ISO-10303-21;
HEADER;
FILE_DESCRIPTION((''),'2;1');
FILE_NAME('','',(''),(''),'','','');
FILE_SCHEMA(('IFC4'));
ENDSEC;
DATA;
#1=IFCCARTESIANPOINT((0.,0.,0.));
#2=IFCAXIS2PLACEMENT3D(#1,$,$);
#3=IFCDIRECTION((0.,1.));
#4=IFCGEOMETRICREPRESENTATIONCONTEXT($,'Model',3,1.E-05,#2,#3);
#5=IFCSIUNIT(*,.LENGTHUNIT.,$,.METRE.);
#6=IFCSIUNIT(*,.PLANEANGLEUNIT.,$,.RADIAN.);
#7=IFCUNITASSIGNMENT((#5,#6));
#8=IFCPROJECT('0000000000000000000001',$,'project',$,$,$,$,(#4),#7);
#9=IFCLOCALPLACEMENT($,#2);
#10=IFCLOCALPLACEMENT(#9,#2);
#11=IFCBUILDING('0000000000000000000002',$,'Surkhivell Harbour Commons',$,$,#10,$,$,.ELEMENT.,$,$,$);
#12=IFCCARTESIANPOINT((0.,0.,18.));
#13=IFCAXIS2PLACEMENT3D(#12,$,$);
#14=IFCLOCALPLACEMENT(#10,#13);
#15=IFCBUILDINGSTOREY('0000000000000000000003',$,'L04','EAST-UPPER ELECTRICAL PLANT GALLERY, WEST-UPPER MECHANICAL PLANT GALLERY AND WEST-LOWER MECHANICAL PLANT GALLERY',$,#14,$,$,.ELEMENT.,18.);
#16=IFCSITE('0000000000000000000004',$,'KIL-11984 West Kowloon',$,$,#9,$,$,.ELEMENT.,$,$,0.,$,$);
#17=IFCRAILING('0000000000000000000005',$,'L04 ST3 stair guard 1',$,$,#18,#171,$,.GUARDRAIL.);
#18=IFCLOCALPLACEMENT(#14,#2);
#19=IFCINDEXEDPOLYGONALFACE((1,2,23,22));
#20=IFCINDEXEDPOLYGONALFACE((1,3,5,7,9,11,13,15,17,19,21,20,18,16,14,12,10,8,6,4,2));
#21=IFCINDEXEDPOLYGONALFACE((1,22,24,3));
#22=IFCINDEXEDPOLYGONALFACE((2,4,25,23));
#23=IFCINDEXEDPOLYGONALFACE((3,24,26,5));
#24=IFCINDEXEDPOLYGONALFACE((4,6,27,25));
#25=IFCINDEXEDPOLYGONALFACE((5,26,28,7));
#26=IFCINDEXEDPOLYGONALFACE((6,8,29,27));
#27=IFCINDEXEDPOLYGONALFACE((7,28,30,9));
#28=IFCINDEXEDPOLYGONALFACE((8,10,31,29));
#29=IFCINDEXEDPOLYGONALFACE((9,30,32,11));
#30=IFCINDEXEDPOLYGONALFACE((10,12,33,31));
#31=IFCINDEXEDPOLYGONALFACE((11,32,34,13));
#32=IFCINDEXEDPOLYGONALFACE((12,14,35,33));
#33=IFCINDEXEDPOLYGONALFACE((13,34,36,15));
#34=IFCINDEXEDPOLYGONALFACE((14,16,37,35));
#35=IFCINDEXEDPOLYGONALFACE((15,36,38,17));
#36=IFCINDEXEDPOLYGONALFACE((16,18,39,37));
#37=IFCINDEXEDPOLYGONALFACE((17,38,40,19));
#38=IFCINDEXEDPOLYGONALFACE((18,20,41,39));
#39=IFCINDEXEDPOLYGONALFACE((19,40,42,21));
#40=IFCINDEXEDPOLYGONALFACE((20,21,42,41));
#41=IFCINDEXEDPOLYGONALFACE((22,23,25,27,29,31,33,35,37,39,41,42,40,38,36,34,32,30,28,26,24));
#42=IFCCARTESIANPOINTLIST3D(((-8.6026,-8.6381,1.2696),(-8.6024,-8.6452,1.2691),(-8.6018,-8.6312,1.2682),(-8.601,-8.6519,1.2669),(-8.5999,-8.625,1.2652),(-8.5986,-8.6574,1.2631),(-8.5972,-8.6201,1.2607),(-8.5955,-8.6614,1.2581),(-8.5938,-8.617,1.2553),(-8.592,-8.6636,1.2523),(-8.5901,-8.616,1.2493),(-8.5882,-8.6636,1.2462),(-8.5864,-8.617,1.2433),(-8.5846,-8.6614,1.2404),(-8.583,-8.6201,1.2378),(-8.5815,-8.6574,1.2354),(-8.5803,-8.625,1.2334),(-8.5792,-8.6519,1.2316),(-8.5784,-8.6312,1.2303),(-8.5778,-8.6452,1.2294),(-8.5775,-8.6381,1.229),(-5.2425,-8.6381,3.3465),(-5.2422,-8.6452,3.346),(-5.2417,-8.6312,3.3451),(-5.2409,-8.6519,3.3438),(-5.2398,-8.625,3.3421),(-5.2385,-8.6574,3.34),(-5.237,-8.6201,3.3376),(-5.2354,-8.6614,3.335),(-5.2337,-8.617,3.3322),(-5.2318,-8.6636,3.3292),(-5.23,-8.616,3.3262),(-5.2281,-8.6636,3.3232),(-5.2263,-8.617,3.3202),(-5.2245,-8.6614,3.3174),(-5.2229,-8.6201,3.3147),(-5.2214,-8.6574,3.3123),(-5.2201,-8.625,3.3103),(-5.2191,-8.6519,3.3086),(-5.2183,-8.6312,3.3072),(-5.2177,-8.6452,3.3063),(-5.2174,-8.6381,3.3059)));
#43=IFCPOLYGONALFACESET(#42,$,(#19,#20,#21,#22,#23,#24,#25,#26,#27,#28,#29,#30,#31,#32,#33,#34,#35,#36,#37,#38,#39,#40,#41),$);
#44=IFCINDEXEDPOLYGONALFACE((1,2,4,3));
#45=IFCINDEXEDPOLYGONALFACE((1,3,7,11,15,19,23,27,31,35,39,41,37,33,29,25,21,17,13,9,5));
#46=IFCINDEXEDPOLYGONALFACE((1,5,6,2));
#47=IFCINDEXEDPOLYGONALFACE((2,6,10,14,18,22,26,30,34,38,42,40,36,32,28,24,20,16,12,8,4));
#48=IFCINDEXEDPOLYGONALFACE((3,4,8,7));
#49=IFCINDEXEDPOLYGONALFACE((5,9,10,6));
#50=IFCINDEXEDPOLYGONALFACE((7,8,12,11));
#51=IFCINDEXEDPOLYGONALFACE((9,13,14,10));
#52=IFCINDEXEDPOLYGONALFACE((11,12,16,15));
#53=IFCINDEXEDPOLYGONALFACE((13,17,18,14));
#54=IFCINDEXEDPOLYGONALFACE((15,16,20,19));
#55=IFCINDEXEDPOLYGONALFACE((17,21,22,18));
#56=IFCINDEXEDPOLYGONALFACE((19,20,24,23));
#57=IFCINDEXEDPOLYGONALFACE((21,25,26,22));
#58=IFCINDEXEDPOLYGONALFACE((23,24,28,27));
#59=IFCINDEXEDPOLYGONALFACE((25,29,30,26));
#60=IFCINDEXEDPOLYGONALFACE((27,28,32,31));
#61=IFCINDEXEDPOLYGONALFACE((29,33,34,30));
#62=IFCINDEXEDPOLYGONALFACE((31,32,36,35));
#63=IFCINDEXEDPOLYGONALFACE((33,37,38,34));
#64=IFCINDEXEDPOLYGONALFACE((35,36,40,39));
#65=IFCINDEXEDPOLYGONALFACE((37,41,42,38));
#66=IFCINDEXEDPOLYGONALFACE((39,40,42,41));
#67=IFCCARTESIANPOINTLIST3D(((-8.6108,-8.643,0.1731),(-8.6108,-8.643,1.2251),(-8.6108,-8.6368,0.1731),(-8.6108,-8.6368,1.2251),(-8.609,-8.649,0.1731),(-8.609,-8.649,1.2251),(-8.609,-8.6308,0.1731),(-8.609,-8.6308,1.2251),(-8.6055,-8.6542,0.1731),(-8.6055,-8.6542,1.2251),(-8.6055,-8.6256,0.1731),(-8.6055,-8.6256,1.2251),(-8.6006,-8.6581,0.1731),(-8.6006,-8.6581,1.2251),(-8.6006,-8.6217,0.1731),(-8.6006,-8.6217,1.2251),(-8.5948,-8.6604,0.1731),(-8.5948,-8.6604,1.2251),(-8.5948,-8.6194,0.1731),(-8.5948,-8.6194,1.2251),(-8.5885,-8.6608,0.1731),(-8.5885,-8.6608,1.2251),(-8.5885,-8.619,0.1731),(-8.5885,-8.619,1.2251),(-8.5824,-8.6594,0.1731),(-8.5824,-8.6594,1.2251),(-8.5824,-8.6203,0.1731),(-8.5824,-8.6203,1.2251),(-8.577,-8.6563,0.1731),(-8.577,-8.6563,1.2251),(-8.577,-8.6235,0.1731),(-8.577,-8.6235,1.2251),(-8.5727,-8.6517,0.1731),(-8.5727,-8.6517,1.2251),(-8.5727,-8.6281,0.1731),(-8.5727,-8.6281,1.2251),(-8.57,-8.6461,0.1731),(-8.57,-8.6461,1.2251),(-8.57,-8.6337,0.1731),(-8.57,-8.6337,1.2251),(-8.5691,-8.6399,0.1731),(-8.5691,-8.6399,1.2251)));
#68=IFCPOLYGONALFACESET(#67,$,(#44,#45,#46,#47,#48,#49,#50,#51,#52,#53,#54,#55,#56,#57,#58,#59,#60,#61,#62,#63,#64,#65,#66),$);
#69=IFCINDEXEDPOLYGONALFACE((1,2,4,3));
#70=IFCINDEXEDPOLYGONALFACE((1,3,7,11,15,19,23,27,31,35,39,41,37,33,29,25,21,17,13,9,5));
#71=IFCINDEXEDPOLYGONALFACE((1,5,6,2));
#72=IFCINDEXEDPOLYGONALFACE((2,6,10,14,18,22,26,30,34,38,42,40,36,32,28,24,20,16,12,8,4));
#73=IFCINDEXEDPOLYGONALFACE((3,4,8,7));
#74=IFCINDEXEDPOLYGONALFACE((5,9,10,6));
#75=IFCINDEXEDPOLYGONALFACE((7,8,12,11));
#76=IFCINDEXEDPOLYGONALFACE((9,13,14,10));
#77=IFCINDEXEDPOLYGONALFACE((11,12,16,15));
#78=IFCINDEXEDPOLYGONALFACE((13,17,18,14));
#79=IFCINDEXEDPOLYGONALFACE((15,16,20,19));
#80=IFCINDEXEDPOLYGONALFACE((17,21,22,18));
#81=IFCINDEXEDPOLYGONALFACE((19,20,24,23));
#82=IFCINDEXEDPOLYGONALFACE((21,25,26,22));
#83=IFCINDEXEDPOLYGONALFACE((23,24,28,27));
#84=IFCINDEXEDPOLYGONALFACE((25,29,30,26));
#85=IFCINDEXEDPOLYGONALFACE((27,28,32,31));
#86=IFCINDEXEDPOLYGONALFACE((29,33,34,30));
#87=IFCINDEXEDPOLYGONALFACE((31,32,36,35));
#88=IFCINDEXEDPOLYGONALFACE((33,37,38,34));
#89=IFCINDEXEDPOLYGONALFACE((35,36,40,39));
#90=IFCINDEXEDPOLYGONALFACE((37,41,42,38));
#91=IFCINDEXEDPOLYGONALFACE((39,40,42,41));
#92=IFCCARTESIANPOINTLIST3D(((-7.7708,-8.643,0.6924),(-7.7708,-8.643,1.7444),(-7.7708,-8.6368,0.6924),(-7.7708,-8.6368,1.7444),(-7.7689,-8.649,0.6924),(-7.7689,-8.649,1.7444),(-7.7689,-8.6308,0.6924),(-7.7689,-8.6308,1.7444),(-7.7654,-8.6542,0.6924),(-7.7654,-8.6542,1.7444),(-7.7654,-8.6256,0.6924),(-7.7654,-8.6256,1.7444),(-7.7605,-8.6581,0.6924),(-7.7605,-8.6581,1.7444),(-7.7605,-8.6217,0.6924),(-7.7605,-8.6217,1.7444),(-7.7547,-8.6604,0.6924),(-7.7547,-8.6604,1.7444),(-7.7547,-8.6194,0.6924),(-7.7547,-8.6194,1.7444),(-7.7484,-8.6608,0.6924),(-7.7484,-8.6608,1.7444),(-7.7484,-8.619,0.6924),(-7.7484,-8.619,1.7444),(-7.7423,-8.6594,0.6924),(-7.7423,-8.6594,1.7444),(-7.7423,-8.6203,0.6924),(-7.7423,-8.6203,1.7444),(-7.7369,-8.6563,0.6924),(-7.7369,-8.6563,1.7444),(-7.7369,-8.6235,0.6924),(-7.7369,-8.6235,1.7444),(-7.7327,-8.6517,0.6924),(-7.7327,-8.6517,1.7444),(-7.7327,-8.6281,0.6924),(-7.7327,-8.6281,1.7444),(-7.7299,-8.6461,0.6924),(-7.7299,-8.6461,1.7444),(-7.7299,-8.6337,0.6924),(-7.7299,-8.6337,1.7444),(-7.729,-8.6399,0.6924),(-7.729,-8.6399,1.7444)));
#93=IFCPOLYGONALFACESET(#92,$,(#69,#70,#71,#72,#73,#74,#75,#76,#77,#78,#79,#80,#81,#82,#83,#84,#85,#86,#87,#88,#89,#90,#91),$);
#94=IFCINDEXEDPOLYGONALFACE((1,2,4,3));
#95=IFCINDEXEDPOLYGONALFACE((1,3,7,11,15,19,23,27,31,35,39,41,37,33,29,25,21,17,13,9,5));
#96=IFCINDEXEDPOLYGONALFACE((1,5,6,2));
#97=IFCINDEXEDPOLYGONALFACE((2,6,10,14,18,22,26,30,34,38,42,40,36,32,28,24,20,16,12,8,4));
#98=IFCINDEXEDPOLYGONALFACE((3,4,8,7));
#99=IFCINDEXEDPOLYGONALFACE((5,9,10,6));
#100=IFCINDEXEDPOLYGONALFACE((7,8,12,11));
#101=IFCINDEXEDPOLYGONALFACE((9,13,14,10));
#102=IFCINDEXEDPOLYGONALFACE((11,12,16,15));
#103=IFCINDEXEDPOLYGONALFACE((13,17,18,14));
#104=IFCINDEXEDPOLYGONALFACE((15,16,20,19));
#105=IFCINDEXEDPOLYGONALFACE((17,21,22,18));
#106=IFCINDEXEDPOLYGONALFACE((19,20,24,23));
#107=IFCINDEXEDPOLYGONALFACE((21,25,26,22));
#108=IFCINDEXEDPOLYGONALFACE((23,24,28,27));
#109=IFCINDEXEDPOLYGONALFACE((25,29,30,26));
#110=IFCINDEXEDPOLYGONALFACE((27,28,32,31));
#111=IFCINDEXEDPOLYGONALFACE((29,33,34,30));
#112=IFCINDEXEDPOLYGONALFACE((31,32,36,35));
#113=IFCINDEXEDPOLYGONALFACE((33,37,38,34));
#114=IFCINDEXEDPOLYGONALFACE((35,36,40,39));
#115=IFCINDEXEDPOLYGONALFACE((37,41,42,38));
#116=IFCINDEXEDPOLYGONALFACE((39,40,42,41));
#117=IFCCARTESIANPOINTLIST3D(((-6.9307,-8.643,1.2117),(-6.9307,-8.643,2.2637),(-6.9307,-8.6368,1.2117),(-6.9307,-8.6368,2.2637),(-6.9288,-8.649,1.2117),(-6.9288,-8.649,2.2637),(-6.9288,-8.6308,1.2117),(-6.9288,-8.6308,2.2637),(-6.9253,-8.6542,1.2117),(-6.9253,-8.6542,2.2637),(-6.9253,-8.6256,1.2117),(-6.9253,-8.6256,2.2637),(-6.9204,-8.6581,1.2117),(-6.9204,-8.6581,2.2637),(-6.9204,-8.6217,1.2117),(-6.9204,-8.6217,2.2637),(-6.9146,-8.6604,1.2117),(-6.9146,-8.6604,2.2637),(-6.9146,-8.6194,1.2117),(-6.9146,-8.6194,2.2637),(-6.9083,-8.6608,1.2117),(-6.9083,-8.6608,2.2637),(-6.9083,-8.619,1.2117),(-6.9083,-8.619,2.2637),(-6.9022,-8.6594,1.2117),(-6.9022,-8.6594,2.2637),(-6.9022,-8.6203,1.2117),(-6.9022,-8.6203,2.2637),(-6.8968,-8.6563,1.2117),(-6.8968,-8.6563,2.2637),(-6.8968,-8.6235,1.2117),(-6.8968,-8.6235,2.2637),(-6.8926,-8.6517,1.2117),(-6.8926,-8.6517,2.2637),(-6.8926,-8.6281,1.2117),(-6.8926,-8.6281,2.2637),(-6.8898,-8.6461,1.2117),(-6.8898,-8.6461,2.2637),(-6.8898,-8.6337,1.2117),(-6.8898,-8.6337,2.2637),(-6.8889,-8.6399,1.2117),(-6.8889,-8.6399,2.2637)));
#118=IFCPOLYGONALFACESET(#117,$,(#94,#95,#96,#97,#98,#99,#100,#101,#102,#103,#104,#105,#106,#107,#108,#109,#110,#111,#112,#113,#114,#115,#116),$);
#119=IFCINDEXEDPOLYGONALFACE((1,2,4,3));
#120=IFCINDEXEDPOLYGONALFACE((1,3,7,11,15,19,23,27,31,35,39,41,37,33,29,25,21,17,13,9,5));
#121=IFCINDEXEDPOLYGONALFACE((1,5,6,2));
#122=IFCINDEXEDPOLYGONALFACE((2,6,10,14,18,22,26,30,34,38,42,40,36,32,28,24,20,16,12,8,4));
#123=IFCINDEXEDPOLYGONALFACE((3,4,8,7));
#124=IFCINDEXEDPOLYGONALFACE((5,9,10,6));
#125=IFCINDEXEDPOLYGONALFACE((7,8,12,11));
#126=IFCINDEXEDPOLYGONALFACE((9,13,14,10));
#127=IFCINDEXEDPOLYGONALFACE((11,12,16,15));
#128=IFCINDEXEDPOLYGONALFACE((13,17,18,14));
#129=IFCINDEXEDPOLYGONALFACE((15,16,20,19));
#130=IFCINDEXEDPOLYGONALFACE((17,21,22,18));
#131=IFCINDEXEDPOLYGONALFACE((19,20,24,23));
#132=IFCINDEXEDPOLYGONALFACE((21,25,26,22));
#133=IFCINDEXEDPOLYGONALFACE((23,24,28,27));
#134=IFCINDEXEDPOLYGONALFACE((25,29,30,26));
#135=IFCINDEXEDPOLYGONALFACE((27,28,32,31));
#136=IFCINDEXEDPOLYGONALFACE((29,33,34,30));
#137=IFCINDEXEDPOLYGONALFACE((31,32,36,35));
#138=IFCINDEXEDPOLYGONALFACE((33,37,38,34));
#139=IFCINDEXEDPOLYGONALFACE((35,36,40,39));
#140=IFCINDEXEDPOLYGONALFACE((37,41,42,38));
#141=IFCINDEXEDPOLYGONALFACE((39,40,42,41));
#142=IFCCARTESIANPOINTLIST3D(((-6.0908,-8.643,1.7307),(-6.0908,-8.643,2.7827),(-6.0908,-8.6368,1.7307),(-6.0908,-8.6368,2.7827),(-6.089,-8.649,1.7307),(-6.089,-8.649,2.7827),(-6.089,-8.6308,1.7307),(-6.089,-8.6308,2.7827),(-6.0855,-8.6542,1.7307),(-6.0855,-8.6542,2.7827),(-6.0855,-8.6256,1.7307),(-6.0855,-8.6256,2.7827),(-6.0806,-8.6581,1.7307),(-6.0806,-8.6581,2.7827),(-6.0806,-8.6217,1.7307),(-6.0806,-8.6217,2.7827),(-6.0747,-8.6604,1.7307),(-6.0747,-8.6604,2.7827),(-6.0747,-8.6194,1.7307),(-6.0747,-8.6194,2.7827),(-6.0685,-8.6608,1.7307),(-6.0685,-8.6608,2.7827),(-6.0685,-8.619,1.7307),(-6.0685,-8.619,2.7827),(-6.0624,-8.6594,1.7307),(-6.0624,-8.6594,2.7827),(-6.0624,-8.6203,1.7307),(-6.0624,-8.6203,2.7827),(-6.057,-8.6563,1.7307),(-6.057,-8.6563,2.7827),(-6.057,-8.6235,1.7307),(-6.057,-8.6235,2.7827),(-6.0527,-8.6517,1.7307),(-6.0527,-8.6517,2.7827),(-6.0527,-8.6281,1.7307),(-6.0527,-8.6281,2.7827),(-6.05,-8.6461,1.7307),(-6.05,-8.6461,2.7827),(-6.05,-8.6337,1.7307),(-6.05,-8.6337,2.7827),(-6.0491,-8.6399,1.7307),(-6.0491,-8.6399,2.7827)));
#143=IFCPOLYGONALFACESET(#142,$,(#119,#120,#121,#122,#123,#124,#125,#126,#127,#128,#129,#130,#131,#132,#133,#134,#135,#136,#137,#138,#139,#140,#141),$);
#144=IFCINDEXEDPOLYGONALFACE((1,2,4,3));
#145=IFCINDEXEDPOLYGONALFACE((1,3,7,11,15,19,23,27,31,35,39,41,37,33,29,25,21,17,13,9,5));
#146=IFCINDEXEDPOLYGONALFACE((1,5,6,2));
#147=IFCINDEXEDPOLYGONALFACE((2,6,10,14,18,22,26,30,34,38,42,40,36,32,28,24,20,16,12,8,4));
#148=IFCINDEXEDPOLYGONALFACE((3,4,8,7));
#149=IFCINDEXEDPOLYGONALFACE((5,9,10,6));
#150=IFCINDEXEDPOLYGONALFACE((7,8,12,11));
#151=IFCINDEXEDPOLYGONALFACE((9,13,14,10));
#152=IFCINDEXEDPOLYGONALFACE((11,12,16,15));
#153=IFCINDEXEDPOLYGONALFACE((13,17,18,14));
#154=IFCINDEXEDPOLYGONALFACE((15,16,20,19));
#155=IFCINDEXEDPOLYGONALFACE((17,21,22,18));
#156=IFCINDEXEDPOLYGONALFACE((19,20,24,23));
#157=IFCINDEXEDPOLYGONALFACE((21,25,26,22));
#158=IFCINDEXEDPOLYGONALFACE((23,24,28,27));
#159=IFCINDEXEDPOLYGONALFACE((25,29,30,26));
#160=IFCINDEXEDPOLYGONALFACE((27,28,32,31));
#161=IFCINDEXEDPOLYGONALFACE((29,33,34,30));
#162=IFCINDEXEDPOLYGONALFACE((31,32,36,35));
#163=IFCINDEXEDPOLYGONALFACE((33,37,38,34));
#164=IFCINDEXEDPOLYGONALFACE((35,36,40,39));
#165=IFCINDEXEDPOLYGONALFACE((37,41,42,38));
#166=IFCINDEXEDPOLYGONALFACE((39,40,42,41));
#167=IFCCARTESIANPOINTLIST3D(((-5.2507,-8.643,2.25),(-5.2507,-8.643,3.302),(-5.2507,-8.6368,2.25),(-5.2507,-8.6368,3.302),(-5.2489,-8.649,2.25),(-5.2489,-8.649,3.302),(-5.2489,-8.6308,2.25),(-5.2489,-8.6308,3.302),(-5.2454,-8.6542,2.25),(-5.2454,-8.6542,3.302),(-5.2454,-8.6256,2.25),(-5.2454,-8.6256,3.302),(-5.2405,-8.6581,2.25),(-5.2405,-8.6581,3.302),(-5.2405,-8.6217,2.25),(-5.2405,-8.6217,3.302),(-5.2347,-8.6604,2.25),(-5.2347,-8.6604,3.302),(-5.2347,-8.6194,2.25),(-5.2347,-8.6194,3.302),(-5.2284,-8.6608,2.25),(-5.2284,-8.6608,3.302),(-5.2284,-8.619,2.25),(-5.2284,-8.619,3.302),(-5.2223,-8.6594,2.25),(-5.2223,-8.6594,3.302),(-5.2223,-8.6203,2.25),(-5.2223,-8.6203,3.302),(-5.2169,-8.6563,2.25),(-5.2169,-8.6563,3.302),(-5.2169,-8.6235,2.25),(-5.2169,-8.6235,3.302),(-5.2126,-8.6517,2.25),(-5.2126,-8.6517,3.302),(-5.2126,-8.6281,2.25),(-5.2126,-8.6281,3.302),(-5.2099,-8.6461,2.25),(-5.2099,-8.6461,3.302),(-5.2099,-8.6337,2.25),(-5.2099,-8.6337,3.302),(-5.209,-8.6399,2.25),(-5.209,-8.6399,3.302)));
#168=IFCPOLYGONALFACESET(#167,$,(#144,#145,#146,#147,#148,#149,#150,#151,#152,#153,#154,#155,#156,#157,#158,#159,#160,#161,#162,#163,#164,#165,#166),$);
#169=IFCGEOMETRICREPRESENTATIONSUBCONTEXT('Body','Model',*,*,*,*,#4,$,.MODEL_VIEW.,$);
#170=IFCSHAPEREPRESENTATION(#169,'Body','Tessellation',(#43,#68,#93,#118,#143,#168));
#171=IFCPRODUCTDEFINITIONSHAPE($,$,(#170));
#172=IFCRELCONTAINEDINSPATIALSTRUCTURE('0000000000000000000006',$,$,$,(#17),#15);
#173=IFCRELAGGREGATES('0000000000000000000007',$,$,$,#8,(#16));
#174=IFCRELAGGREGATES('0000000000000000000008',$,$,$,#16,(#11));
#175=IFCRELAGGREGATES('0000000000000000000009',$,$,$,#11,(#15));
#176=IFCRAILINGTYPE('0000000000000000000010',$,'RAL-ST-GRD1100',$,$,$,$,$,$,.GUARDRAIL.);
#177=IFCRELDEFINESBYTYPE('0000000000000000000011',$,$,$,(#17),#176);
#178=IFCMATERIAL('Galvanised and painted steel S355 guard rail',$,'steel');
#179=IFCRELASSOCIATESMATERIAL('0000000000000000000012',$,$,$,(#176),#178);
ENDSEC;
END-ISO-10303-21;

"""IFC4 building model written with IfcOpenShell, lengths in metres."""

from ifc_helpers import new_model, si_unit, direction, frame, origin, origin_2d, place, context, subcontext, project, spatial, circle, extrude, material, type_object, element, save


model = new_model("IFC4")

# Units and contexts
model_context = context("Model", 3, precision=1e-05, world=origin(), true_north=direction((0.0, 1.0)))
body_context = subcontext(model_context, "Body", "Model", "MODEL_VIEW")
ifc_project = project(units=[si_unit("LENGTHUNIT", "METRE"), si_unit("PLANEANGLEUNIT", "RADIAN")], contexts=[model_context])

# Site, building, storey
site_placement = place(None, origin())
site = spatial("IfcSite", under=ifc_project, at=site_placement, Name="KIL-11984 West Kowloon", CompositionType="ELEMENT", RefElevation=0.0)
building_placement = place(site_placement, origin())
building = spatial("IfcBuilding", under=site, at=building_placement, Name="Surkhivell Harbour Commons", CompositionType="ELEMENT")
storey_placement = place(building_placement, frame((0.0, 0.0, 18.0)))
storey = spatial("IfcBuildingStorey", under=building, at=storey_placement, Name="L04", Description="EAST-UPPER ELECTRICAL PLANT GALLERY, WEST-UPPER MECHANICAL PLANT GALLERY AND WEST-LOWER MECHANICAL PLANT GALLERY", CompositionType="ELEMENT", Elevation=18.0)

# Railing
ifc_material_1 = material(Name="Galvanised and painted steel S355 guard rail", Category="steel")
railing_type_1 = type_object("IfcRailingType", Name="RAL-ST-GRD1100", PredefinedType="GUARDRAIL", material=ifc_material_1)
railing_1_placement = place(storey_placement, frame((-8.5901, -8.6399, 0.1731)))
element("IfcRailing", 1, at=railing_1_placement, inside=storey, type_object=railing_type_1, Name="L04 ST3 stair guard 1", PredefinedType="GUARDRAIL", context=body_context, shape_type="SweptSolid", body=[
    extrude(circle(Radius=0.0239, at=origin_2d()), frame((0.0, 0.0, 1.0762), z_axis=(0.850623, 0.0, 0.525776), x_axis=(0.0, 1.0, 0.0)), (0.0, 0.0, 1.0), 3.9502),
    extrude(circle(Radius=0.021, at=origin_2d()), origin(), (0.0, 0.0, 1.0), 1.052),
    extrude(circle(Radius=0.021, at=origin_2d()), frame((0.8401, 0.0, 0.5193)), (0.0, 0.0, 1.0), 1.052),
    extrude(circle(Radius=0.021, at=origin_2d()), frame((1.6802, 0.0, 1.0386)), (0.0, 0.0, 1.0), 1.052),
    extrude(circle(Radius=0.021, at=origin_2d()), frame((2.52, 0.0, 1.5576)), (0.0, 0.0, 1.0), 1.052),
    extrude(circle(Radius=0.021, at=origin_2d()), frame((3.3601, 0.0, 2.0769)), (0.0, 0.0, 1.0), 1.052),
])

save(model, "model.ifc")
